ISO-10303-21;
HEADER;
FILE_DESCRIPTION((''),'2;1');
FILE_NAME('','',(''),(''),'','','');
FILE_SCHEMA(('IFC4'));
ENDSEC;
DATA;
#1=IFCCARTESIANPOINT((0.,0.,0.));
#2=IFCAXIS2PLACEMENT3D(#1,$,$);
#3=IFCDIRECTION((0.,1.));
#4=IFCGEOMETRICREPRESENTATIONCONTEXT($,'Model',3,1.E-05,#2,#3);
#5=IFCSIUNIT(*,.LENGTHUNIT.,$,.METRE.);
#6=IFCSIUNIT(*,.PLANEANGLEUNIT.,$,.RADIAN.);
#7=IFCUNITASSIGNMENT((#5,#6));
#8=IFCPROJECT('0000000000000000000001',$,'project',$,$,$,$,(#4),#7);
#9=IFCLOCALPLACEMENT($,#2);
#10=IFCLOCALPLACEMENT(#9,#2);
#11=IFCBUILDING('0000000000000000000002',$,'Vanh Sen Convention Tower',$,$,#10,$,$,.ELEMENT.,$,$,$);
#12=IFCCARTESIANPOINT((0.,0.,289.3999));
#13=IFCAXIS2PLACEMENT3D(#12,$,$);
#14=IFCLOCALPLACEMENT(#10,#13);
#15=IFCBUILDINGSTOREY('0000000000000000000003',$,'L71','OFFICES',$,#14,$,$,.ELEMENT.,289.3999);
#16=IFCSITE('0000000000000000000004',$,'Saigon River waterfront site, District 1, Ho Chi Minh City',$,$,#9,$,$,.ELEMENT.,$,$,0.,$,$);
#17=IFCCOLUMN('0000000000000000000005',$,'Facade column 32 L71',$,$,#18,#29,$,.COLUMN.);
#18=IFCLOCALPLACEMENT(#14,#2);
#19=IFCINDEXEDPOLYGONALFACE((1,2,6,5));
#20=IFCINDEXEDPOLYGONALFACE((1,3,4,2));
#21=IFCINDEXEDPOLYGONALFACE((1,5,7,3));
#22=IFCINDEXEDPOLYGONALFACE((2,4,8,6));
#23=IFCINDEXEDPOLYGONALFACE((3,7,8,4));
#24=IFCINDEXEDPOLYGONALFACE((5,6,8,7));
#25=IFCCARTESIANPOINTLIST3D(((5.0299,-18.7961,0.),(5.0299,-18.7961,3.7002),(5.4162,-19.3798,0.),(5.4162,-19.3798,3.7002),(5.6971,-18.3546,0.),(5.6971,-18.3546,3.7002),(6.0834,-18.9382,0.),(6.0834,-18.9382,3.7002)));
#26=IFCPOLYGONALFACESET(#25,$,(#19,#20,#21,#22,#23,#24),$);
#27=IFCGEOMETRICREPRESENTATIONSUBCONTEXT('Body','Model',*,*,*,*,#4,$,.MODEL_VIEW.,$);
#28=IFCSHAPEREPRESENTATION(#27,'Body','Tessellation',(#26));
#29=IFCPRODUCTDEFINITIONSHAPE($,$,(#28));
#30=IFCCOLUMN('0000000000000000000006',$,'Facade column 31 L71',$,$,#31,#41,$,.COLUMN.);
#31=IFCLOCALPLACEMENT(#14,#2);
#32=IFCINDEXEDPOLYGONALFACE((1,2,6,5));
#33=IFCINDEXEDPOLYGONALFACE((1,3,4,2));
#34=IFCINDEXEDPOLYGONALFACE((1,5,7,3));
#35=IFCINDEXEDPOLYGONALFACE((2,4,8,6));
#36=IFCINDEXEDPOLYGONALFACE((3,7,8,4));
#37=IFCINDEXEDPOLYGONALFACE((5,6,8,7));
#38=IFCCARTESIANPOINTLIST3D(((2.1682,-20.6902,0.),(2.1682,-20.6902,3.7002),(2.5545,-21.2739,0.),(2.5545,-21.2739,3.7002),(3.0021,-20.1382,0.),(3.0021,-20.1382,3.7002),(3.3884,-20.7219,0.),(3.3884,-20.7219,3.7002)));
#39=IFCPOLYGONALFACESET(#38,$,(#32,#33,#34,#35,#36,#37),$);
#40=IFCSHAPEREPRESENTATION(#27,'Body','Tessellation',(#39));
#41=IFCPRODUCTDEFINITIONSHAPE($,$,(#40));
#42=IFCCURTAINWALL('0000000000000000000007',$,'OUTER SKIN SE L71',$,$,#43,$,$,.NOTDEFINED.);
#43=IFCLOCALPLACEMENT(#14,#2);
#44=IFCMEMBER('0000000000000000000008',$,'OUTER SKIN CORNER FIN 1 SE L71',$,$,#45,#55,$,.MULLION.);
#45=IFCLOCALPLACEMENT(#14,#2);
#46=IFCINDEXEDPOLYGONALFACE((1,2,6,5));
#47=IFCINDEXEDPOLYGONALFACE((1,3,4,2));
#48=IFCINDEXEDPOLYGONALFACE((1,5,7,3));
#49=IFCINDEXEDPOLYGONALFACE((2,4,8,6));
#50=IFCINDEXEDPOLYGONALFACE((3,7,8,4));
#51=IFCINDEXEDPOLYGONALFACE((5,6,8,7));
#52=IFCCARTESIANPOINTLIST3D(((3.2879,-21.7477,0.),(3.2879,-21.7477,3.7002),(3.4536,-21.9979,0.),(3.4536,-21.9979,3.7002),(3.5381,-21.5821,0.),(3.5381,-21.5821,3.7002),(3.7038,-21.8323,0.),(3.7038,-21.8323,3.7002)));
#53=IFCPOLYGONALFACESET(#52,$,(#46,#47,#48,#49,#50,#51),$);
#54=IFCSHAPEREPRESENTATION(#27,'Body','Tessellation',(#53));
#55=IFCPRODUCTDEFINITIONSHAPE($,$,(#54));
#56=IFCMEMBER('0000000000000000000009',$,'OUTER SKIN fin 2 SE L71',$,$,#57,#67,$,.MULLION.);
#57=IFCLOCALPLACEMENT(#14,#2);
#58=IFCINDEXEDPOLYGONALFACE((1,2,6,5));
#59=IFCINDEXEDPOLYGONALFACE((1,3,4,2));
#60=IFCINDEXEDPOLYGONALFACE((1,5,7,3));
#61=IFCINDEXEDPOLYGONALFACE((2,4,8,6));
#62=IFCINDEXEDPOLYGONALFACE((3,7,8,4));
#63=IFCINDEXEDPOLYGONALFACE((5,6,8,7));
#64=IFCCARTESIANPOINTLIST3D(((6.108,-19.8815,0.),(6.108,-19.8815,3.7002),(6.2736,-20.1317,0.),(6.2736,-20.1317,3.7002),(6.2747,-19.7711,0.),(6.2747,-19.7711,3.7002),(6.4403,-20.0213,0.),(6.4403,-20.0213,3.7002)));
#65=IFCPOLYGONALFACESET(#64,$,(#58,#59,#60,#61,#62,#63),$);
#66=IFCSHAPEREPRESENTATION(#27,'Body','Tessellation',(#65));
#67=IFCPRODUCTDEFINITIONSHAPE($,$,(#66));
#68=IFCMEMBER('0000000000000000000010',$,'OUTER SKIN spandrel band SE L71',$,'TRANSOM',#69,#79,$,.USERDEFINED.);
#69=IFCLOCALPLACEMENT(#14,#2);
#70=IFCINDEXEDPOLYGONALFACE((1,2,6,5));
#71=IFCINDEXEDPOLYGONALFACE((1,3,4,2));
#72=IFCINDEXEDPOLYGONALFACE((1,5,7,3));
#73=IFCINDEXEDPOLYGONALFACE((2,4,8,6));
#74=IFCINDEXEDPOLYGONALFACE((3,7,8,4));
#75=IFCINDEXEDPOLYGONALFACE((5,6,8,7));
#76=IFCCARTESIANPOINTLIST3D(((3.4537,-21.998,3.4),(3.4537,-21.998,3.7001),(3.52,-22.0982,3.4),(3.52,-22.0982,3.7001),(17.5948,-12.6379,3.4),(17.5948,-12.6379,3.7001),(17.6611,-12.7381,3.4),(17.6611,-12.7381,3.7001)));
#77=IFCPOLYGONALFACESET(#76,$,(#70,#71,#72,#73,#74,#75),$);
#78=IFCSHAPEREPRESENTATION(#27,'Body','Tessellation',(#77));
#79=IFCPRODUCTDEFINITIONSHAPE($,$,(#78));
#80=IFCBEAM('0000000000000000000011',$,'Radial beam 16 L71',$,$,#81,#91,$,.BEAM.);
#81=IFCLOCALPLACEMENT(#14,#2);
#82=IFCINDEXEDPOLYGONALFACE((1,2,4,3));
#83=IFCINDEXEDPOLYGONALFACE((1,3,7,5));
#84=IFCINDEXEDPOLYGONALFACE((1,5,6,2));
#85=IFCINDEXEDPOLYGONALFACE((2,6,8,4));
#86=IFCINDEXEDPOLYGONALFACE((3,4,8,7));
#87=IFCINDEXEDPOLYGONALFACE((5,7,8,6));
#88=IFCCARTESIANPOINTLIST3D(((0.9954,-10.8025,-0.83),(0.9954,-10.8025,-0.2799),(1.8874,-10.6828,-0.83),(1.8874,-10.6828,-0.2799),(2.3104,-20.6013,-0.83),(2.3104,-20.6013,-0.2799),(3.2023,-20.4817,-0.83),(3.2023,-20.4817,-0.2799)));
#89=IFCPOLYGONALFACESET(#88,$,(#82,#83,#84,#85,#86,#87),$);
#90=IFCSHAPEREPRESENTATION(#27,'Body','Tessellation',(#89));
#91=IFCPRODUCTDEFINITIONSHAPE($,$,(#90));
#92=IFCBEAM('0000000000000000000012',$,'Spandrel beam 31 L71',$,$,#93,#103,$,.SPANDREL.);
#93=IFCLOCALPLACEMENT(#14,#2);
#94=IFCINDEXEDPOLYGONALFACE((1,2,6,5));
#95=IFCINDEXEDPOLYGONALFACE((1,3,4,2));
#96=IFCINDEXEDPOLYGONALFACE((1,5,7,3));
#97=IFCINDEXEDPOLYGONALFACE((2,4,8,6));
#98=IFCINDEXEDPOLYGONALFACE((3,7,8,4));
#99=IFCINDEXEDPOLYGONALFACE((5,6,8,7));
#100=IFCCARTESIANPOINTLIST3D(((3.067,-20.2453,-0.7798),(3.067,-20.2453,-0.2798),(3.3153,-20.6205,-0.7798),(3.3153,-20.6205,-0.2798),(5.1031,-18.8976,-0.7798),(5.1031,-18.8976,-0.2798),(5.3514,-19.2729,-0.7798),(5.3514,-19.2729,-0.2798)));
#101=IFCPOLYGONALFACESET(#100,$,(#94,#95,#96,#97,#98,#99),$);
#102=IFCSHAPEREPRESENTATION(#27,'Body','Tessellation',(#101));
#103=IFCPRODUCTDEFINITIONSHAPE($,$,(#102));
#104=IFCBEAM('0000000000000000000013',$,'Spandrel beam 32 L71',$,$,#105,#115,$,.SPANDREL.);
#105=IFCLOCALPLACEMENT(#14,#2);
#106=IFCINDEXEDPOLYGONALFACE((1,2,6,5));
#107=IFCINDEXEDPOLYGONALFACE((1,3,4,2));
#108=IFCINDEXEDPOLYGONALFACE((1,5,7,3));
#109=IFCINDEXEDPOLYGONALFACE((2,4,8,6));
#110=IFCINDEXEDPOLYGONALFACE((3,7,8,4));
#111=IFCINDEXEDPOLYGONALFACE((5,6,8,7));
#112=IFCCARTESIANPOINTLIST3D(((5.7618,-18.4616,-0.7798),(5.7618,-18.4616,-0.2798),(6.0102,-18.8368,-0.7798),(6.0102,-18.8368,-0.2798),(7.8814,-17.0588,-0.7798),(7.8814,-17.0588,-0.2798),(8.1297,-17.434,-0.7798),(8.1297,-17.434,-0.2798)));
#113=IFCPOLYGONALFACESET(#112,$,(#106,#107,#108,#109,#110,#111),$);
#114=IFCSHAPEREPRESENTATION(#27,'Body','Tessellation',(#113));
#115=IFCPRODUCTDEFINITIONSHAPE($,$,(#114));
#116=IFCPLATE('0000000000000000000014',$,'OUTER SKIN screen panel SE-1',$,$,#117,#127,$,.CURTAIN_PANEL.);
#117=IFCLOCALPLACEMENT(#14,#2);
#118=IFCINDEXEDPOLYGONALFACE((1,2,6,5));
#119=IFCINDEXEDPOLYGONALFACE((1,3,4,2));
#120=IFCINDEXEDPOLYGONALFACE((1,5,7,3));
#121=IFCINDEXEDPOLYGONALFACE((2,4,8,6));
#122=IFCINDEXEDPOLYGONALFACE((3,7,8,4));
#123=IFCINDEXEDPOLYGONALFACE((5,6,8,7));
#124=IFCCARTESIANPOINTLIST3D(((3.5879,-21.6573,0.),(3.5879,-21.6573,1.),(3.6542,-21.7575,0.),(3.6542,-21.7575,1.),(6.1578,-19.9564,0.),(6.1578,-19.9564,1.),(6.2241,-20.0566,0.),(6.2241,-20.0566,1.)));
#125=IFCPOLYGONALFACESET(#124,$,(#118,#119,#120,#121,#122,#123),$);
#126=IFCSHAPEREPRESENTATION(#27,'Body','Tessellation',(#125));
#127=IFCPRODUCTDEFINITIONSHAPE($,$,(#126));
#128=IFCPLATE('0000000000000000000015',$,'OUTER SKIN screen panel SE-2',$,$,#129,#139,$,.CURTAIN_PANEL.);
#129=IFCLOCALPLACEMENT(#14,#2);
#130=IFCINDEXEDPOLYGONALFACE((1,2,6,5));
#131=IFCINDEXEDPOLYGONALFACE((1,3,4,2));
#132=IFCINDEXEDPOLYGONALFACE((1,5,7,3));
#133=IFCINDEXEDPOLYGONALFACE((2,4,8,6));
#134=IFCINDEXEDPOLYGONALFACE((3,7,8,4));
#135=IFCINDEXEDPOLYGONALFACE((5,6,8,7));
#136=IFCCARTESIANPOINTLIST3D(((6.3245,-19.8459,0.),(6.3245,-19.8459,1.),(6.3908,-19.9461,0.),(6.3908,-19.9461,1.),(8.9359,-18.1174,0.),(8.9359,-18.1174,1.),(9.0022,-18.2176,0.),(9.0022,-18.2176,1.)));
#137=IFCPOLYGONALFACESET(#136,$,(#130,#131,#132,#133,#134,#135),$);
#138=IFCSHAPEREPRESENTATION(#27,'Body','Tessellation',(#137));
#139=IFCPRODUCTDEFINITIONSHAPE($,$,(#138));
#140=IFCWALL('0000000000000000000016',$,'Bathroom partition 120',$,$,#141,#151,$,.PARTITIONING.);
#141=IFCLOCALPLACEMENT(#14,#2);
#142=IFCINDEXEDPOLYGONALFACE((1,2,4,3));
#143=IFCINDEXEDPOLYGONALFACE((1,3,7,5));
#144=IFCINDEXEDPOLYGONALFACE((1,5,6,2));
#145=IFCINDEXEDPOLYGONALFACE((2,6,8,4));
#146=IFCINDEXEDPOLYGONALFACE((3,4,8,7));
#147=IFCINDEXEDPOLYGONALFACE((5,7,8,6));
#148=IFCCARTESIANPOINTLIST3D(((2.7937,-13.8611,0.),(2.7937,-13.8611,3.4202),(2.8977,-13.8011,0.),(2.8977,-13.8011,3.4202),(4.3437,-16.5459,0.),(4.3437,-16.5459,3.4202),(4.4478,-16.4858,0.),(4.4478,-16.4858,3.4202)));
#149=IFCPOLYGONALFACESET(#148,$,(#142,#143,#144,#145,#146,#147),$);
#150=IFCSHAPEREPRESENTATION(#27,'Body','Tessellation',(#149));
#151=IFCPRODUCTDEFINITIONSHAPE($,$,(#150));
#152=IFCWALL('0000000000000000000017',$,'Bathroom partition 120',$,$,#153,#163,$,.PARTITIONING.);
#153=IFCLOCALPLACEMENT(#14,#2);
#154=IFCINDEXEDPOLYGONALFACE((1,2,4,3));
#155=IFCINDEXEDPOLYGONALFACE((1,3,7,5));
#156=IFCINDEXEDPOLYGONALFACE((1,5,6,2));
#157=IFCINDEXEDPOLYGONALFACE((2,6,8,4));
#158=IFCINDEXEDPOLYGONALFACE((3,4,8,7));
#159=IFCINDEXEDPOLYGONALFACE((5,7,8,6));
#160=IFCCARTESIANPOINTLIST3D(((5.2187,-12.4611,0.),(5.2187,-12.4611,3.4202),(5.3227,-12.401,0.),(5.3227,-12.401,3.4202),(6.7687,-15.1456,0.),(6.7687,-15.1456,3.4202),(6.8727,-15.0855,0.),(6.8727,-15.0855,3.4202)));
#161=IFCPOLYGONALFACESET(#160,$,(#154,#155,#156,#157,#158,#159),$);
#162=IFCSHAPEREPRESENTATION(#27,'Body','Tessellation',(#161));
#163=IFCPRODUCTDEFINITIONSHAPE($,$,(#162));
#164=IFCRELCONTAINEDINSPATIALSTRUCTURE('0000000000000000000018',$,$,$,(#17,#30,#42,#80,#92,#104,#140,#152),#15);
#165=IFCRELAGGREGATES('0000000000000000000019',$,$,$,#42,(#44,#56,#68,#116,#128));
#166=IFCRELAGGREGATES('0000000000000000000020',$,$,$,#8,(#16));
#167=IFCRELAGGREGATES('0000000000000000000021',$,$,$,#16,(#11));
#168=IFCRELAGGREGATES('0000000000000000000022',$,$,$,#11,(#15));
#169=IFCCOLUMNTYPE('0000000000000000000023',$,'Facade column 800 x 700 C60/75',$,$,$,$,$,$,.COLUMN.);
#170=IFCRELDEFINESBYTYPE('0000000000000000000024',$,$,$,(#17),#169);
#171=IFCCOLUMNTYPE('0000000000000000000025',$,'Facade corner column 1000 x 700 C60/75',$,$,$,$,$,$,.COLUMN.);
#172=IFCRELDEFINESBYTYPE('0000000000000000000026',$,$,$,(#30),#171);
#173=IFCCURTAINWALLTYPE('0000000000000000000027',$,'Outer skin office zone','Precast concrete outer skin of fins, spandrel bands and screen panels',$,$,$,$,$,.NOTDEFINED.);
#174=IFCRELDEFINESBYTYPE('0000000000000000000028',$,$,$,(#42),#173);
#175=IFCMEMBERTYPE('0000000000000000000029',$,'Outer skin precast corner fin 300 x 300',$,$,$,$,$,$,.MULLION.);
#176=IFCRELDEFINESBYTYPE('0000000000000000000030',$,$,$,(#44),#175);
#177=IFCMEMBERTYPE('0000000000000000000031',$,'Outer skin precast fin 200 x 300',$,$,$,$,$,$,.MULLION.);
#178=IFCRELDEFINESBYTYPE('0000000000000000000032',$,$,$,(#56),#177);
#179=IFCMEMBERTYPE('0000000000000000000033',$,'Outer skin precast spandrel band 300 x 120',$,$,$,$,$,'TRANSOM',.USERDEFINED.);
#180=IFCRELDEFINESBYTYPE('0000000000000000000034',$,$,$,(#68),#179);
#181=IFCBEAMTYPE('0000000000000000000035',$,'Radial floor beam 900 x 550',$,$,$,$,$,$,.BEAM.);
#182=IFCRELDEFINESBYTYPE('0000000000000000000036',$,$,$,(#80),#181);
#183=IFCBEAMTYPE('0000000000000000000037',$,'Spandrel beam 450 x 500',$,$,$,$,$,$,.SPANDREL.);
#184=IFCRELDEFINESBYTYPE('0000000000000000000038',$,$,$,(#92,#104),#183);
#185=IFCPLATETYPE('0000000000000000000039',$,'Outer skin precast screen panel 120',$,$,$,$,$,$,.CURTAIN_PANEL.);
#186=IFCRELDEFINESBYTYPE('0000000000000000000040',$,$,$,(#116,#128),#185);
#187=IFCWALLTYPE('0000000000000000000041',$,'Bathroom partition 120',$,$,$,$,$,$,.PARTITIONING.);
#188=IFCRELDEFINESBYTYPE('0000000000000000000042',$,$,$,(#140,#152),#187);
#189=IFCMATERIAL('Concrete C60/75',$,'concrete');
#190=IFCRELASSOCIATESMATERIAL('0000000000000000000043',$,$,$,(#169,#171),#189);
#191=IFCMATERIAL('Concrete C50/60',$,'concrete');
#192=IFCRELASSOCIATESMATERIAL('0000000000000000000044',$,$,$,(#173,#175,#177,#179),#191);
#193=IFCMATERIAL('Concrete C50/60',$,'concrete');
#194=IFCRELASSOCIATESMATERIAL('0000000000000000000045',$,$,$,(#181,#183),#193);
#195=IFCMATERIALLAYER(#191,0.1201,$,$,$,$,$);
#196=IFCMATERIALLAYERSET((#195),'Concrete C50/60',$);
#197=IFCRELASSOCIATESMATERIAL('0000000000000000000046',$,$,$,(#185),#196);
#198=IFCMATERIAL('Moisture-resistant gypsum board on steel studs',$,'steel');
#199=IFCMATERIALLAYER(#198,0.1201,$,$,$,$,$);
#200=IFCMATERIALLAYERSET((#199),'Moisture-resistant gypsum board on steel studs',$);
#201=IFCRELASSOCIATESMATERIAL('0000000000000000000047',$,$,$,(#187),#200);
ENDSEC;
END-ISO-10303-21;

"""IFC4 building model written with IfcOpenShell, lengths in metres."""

from ifc_helpers import new_model, si_unit, direction, frame, frame_2d, origin, origin_2d, place, context, subcontext, project, spatial, rectangle, extrude, material, layer, layer_set, material_profile, profile_set, type_object, element, aggregate, save


model = new_model("IFC4")

# Units and contexts
model_context = context("Model", 3, precision=1e-05, world=origin(), true_north=direction((0.0, 1.0)))
body_context = subcontext(model_context, "Body", "Model", "MODEL_VIEW")
ifc_project = project(units=[si_unit("LENGTHUNIT", "METRE"), si_unit("PLANEANGLEUNIT", "RADIAN")], contexts=[model_context])

# Site, building, storey
site_placement = place(None, origin())
site = spatial("IfcSite", under=ifc_project, at=site_placement, Name="Saigon River waterfront site, District 1, Ho Chi Minh City", CompositionType="ELEMENT", RefElevation=0.0)
building_placement = place(site_placement, origin())
building = spatial("IfcBuilding", under=site, at=building_placement, Name="Vanh Sen Convention Tower", CompositionType="ELEMENT")
storey_placement = place(building_placement, frame((0.0, 0.0, 289.3999)))
storey = spatial("IfcBuildingStorey", under=building, at=storey_placement, Name="L71", Description="OFFICES", CompositionType="ELEMENT", Elevation=289.3999)

# Columns
ifc_material_1 = material(Name="Concrete C60/75", Category="concrete")
ifc_material_profile_1 = material_profile(ifc_material_1, rectangle(XDim=0.8, YDim=0.7, at=origin_2d()), Name="RC 800X700")
ifc_profile_set_1 = profile_set([ifc_material_profile_1], Name="Concrete C60/75")
column_type_1 = type_object("IfcColumnType", Name="Facade column 800 x 700 C60/75", PredefinedType="COLUMN", material=ifc_profile_set_1)
column_1_placement = place(storey_placement, frame((5.5566, -18.8672, 0.0), z_axis=(0.0, 0.0, 1.0), x_axis=(0.833886, 0.551937, 0.0)))
element("IfcColumn", 1, at=column_1_placement, inside=storey, type_object=column_type_1, Name="Facade column 32 L71", PredefinedType="COLUMN", context=body_context, shape_type="SweptSolid", body=[
    extrude(rectangle(XDim=0.8, YDim=0.7, at=origin_2d()), origin(), (0.0, 0.0, 1.0), 3.7002),
])
ifc_material_profile_2 = material_profile(ifc_material_1, rectangle(XDim=1.0, YDim=0.7, at=origin_2d()), Name="RC 1000X700")
ifc_profile_set_2 = profile_set([ifc_material_profile_2], Name="Concrete C60/75")
column_type_2 = type_object("IfcColumnType", Name="Facade corner column 1000 x 700 C60/75", PredefinedType="COLUMN", material=ifc_profile_set_2)
column_2_placement = place(storey_placement, frame((2.7783, -20.7061, 0.0), z_axis=(0.0, 0.0, 1.0), x_axis=(0.833886, 0.551937, 0.0)))
element("IfcColumn", 2, at=column_2_placement, inside=storey, type_object=column_type_2, Name="Facade column 31 L71", PredefinedType="COLUMN", context=body_context, shape_type="SweptSolid", body=[
    extrude(rectangle(XDim=1.0, YDim=0.7, at=origin_2d()), origin(), (0.0, 0.0, 1.0), 3.7002),
])

# Curtain wall, members
ifc_material_2 = material(Name="Concrete C50/60", Category="concrete")
curtain_wall_type = type_object("IfcCurtainWallType", Name="Outer skin office zone", Description="Precast concrete outer skin of fins, spandrel bands and screen panels", PredefinedType="NOTDEFINED", material=ifc_material_2)
curtain_wall_placement = place(storey_placement, origin())
curtain_wall = element("IfcCurtainWall", 3, at=curtain_wall_placement, inside=storey, type_object=curtain_wall_type, Name="OUTER SKIN SE L71", PredefinedType="NOTDEFINED")
ifc_material_profile_3 = material_profile(ifc_material_2, rectangle(XDim=0.3, YDim=0.3, at=origin_2d()), Name="Outer skin precast corner fin 300 x 300")
ifc_profile_set_3 = profile_set([ifc_material_profile_3], Name="Concrete C50/60")
member_type_1 = type_object("IfcMemberType", Name="Outer skin precast corner fin 300 x 300", PredefinedType="MULLION", material=ifc_profile_set_3)
member_1_placement = place(storey_placement, frame((3.4958, -21.79, 0.0), z_axis=(0.0, 0.0, 1.0), x_axis=(0.833886, 0.551937, 0.0)))
member_1 = element("IfcMember", 4, at=member_1_placement, type_object=member_type_1, Name="OUTER SKIN CORNER FIN 1 SE L71", PredefinedType="MULLION", context=body_context, shape_type="SweptSolid", body=[
    extrude(rectangle(XDim=0.3, YDim=0.3, at=origin_2d()), origin(), (0.0, 0.0, 1.0), 3.7002),
])
ifc_material_profile_4 = material_profile(ifc_material_2, rectangle(XDim=0.2, YDim=0.3, at=origin_2d()), Name="Outer skin precast fin 200 x 300")
ifc_profile_set_4 = profile_set([ifc_material_profile_4], Name="Concrete C50/60")
member_type_2 = type_object("IfcMemberType", Name="Outer skin precast fin 200 x 300", PredefinedType="MULLION", material=ifc_profile_set_4)
member_2_placement = place(storey_placement, frame((6.2742, -19.9514, 0.0), z_axis=(0.0, 0.0, 1.0), x_axis=(0.833886, 0.551937, 0.0)))
member_2 = element("IfcMember", 5, at=member_2_placement, type_object=member_type_2, Name="OUTER SKIN fin 2 SE L71", PredefinedType="MULLION", context=body_context, shape_type="SweptSolid", body=[
    extrude(rectangle(XDim=0.2, YDim=0.3, at=origin_2d()), origin(), (0.0, 0.0, 1.0), 3.7002),
])
ifc_material_profile_5 = material_profile(ifc_material_2, rectangle(XDim=0.1201, YDim=0.3, at=origin_2d()), Name="Outer skin precast spandrel band 300 x 120")
ifc_profile_set_5 = profile_set([ifc_material_profile_5], Name="Concrete C50/60")
member_type_3 = type_object("IfcMemberType", Name="Outer skin precast spandrel band 300 x 120", ElementType="TRANSOM", PredefinedType="USERDEFINED", material=ifc_profile_set_5)
member_3_placement = place(storey_placement, frame((3.4868, -22.0481, 3.55), z_axis=(0.833877, 0.55195, 0.0), x_axis=(-0.55195, 0.833877, 0.0)))
member_3 = element("IfcMember", 6, at=member_3_placement, type_object=member_type_3, Name="OUTER SKIN spandrel band SE L71", ObjectType="TRANSOM", PredefinedType="USERDEFINED", context=body_context, shape_type="SweptSolid", body=[
    extrude(rectangle(XDim=0.1201, YDim=0.3, at=origin_2d()), origin(), (0.0, 0.0, 1.0), 16.9583),
])

# Beams
ifc_material_3 = material(Name="Concrete C50/60", Category="concrete")
ifc_material_profile_6 = material_profile(ifc_material_3, rectangle(XDim=0.8999, YDim=0.55, at=origin_2d()), Name="RC 900X550")
ifc_profile_set_6 = profile_set([ifc_material_profile_6], Name="Concrete C50/60")
beam_type_1 = type_object("IfcBeamType", Name="Radial floor beam 900 x 550", PredefinedType="BEAM", material=ifc_profile_set_6)
beam_1_placement = place(storey_placement, frame((2.7563, -20.5415, -0.5549), z_axis=(-0.133002, 0.991116, 0.0), x_axis=(-0.991116, -0.133002, 0.0)))
element("IfcBeam", 7, at=beam_1_placement, inside=storey, type_object=beam_type_1, Name="Radial beam 16 L71", PredefinedType="BEAM", context=body_context, shape_type="SweptSolid", body=[
    extrude(rectangle(XDim=0.8999, YDim=0.55, at=origin_2d()), origin(), (0.0, 0.0, 1.0), 9.8867),
])
ifc_material_profile_7 = material_profile(ifc_material_3, rectangle(XDim=0.45, YDim=0.5, at=origin_2d()), Name="RC 450X500")
ifc_profile_set_7 = profile_set([ifc_material_profile_7], Name="Concrete C50/60")
beam_type_2 = type_object("IfcBeamType", Name="Spandrel beam 450 x 500", PredefinedType="SPANDREL", material=ifc_profile_set_7)
beam_2_placement = place(storey_placement, frame((3.1912, -20.4329, -0.5298), z_axis=(0.833892, 0.551928, 0.0), x_axis=(-0.551928, 0.833892, 0.0)))
element("IfcBeam", 8, at=beam_2_placement, inside=storey, type_object=beam_type_2, Name="Spandrel beam 31 L71", PredefinedType="SPANDREL", context=body_context, shape_type="SweptSolid", body=[
    extrude(rectangle(XDim=0.45, YDim=0.5, at=origin_2d()), origin(), (0.0, 0.0, 1.0), 2.4417),
])
beam_3_placement = place(storey_placement, frame((5.886, -18.6492, -0.5298), z_axis=(0.833908, 0.551904, 0.0), x_axis=(-0.551904, 0.833908, 0.0)))
element("IfcBeam", 9, at=beam_3_placement, inside=storey, type_object=beam_type_2, Name="Spandrel beam 32 L71", PredefinedType="SPANDREL", context=body_context, shape_type="SweptSolid", body=[
    extrude(rectangle(XDim=0.45, YDim=0.5, at=origin_2d()), origin(), (0.0, 0.0, 1.0), 2.5417),
])

# Plates
ifc_layer_1 = layer(ifc_material_2, 0.1201)
ifc_layer_set_1 = layer_set([ifc_layer_1], Name="Concrete C50/60")
plate_type = type_object("IfcPlateType", Name="Outer skin precast screen panel 120", PredefinedType="CURTAIN_PANEL", material=ifc_layer_set_1)
plate_1_placement = place(storey_placement, frame((4.906, -20.8569, 0.0), z_axis=(0.0, 0.0, 1.0), x_axis=(0.833902, 0.551912, 0.0)))
plate_1 = element("IfcPlate", 10, at=plate_1_placement, type_object=plate_type, Name="OUTER SKIN screen panel SE-1", PredefinedType="CURTAIN_PANEL", context=body_context, shape_type="SweptSolid", body=[
    extrude(rectangle(XDim=3.0818, YDim=0.1201, at=origin_2d()), origin(), (0.0, 0.0, 1.0), 1.0),
])
plate_2_placement = place(storey_placement, frame((7.6633, -19.0317, 0.0), z_axis=(0.0, 0.0, 1.0), x_axis=(0.833879, 0.551947, 0.0)))
plate_2 = element("IfcPlate", 11, at=plate_2_placement, type_object=plate_type, Name="OUTER SKIN screen panel SE-2", PredefinedType="CURTAIN_PANEL", context=body_context, shape_type="SweptSolid", body=[
    extrude(rectangle(XDim=3.1316, YDim=0.1201, at=origin_2d()), origin(), (0.0, 0.0, 1.0), 1.0),
])
aggregate(curtain_wall, [member_1, member_2, member_3, plate_1, plate_2])

# Walls
ifc_material_4 = material(Name="Moisture-resistant gypsum board on steel studs", Category="steel")
ifc_layer_2 = layer(ifc_material_4, 0.1201)
ifc_layer_set_2 = layer_set([ifc_layer_2], Name="Moisture-resistant gypsum board on steel studs")
wall_type_1 = type_object("IfcWallType", Name="Bathroom partition 120", PredefinedType="PARTITIONING", material=ifc_layer_set_2)
wall_1_placement = place(storey_placement, frame((4.3958, -16.5159, 0.0), z_axis=(0.0, 0.0, 1.0), x_axis=(-0.499993, 0.86603, 0.0)))
element("IfcWall", 12, at=wall_1_placement, inside=storey, type_object=wall_type_1, Name="Bathroom partition 120", PredefinedType="PARTITIONING", context=body_context, shape_type="SweptSolid", body=[
    extrude(rectangle(XDim=3.1001, YDim=0.1201, at=frame_2d((1.55, 0.0))), origin(), (0.0, 0.0, 1.0), 3.4202),
])
wall_2_placement = place(storey_placement, frame((5.2708, -12.4312, 0.0), z_axis=(0.0, 0.0, 1.0), x_axis=(0.500027, -0.86601, 0.0)))
element("IfcWall", 13, at=wall_2_placement, inside=storey, type_object=wall_type_1, Name="Bathroom partition 120", PredefinedType="PARTITIONING", context=body_context, shape_type="SweptSolid", body=[
    extrude(rectangle(XDim=3.0999, YDim=0.1201, at=frame_2d((1.5498, 0.0))), origin(), (0.0, 0.0, 1.0), 3.4202),
])

save(model, "model.ifc")
